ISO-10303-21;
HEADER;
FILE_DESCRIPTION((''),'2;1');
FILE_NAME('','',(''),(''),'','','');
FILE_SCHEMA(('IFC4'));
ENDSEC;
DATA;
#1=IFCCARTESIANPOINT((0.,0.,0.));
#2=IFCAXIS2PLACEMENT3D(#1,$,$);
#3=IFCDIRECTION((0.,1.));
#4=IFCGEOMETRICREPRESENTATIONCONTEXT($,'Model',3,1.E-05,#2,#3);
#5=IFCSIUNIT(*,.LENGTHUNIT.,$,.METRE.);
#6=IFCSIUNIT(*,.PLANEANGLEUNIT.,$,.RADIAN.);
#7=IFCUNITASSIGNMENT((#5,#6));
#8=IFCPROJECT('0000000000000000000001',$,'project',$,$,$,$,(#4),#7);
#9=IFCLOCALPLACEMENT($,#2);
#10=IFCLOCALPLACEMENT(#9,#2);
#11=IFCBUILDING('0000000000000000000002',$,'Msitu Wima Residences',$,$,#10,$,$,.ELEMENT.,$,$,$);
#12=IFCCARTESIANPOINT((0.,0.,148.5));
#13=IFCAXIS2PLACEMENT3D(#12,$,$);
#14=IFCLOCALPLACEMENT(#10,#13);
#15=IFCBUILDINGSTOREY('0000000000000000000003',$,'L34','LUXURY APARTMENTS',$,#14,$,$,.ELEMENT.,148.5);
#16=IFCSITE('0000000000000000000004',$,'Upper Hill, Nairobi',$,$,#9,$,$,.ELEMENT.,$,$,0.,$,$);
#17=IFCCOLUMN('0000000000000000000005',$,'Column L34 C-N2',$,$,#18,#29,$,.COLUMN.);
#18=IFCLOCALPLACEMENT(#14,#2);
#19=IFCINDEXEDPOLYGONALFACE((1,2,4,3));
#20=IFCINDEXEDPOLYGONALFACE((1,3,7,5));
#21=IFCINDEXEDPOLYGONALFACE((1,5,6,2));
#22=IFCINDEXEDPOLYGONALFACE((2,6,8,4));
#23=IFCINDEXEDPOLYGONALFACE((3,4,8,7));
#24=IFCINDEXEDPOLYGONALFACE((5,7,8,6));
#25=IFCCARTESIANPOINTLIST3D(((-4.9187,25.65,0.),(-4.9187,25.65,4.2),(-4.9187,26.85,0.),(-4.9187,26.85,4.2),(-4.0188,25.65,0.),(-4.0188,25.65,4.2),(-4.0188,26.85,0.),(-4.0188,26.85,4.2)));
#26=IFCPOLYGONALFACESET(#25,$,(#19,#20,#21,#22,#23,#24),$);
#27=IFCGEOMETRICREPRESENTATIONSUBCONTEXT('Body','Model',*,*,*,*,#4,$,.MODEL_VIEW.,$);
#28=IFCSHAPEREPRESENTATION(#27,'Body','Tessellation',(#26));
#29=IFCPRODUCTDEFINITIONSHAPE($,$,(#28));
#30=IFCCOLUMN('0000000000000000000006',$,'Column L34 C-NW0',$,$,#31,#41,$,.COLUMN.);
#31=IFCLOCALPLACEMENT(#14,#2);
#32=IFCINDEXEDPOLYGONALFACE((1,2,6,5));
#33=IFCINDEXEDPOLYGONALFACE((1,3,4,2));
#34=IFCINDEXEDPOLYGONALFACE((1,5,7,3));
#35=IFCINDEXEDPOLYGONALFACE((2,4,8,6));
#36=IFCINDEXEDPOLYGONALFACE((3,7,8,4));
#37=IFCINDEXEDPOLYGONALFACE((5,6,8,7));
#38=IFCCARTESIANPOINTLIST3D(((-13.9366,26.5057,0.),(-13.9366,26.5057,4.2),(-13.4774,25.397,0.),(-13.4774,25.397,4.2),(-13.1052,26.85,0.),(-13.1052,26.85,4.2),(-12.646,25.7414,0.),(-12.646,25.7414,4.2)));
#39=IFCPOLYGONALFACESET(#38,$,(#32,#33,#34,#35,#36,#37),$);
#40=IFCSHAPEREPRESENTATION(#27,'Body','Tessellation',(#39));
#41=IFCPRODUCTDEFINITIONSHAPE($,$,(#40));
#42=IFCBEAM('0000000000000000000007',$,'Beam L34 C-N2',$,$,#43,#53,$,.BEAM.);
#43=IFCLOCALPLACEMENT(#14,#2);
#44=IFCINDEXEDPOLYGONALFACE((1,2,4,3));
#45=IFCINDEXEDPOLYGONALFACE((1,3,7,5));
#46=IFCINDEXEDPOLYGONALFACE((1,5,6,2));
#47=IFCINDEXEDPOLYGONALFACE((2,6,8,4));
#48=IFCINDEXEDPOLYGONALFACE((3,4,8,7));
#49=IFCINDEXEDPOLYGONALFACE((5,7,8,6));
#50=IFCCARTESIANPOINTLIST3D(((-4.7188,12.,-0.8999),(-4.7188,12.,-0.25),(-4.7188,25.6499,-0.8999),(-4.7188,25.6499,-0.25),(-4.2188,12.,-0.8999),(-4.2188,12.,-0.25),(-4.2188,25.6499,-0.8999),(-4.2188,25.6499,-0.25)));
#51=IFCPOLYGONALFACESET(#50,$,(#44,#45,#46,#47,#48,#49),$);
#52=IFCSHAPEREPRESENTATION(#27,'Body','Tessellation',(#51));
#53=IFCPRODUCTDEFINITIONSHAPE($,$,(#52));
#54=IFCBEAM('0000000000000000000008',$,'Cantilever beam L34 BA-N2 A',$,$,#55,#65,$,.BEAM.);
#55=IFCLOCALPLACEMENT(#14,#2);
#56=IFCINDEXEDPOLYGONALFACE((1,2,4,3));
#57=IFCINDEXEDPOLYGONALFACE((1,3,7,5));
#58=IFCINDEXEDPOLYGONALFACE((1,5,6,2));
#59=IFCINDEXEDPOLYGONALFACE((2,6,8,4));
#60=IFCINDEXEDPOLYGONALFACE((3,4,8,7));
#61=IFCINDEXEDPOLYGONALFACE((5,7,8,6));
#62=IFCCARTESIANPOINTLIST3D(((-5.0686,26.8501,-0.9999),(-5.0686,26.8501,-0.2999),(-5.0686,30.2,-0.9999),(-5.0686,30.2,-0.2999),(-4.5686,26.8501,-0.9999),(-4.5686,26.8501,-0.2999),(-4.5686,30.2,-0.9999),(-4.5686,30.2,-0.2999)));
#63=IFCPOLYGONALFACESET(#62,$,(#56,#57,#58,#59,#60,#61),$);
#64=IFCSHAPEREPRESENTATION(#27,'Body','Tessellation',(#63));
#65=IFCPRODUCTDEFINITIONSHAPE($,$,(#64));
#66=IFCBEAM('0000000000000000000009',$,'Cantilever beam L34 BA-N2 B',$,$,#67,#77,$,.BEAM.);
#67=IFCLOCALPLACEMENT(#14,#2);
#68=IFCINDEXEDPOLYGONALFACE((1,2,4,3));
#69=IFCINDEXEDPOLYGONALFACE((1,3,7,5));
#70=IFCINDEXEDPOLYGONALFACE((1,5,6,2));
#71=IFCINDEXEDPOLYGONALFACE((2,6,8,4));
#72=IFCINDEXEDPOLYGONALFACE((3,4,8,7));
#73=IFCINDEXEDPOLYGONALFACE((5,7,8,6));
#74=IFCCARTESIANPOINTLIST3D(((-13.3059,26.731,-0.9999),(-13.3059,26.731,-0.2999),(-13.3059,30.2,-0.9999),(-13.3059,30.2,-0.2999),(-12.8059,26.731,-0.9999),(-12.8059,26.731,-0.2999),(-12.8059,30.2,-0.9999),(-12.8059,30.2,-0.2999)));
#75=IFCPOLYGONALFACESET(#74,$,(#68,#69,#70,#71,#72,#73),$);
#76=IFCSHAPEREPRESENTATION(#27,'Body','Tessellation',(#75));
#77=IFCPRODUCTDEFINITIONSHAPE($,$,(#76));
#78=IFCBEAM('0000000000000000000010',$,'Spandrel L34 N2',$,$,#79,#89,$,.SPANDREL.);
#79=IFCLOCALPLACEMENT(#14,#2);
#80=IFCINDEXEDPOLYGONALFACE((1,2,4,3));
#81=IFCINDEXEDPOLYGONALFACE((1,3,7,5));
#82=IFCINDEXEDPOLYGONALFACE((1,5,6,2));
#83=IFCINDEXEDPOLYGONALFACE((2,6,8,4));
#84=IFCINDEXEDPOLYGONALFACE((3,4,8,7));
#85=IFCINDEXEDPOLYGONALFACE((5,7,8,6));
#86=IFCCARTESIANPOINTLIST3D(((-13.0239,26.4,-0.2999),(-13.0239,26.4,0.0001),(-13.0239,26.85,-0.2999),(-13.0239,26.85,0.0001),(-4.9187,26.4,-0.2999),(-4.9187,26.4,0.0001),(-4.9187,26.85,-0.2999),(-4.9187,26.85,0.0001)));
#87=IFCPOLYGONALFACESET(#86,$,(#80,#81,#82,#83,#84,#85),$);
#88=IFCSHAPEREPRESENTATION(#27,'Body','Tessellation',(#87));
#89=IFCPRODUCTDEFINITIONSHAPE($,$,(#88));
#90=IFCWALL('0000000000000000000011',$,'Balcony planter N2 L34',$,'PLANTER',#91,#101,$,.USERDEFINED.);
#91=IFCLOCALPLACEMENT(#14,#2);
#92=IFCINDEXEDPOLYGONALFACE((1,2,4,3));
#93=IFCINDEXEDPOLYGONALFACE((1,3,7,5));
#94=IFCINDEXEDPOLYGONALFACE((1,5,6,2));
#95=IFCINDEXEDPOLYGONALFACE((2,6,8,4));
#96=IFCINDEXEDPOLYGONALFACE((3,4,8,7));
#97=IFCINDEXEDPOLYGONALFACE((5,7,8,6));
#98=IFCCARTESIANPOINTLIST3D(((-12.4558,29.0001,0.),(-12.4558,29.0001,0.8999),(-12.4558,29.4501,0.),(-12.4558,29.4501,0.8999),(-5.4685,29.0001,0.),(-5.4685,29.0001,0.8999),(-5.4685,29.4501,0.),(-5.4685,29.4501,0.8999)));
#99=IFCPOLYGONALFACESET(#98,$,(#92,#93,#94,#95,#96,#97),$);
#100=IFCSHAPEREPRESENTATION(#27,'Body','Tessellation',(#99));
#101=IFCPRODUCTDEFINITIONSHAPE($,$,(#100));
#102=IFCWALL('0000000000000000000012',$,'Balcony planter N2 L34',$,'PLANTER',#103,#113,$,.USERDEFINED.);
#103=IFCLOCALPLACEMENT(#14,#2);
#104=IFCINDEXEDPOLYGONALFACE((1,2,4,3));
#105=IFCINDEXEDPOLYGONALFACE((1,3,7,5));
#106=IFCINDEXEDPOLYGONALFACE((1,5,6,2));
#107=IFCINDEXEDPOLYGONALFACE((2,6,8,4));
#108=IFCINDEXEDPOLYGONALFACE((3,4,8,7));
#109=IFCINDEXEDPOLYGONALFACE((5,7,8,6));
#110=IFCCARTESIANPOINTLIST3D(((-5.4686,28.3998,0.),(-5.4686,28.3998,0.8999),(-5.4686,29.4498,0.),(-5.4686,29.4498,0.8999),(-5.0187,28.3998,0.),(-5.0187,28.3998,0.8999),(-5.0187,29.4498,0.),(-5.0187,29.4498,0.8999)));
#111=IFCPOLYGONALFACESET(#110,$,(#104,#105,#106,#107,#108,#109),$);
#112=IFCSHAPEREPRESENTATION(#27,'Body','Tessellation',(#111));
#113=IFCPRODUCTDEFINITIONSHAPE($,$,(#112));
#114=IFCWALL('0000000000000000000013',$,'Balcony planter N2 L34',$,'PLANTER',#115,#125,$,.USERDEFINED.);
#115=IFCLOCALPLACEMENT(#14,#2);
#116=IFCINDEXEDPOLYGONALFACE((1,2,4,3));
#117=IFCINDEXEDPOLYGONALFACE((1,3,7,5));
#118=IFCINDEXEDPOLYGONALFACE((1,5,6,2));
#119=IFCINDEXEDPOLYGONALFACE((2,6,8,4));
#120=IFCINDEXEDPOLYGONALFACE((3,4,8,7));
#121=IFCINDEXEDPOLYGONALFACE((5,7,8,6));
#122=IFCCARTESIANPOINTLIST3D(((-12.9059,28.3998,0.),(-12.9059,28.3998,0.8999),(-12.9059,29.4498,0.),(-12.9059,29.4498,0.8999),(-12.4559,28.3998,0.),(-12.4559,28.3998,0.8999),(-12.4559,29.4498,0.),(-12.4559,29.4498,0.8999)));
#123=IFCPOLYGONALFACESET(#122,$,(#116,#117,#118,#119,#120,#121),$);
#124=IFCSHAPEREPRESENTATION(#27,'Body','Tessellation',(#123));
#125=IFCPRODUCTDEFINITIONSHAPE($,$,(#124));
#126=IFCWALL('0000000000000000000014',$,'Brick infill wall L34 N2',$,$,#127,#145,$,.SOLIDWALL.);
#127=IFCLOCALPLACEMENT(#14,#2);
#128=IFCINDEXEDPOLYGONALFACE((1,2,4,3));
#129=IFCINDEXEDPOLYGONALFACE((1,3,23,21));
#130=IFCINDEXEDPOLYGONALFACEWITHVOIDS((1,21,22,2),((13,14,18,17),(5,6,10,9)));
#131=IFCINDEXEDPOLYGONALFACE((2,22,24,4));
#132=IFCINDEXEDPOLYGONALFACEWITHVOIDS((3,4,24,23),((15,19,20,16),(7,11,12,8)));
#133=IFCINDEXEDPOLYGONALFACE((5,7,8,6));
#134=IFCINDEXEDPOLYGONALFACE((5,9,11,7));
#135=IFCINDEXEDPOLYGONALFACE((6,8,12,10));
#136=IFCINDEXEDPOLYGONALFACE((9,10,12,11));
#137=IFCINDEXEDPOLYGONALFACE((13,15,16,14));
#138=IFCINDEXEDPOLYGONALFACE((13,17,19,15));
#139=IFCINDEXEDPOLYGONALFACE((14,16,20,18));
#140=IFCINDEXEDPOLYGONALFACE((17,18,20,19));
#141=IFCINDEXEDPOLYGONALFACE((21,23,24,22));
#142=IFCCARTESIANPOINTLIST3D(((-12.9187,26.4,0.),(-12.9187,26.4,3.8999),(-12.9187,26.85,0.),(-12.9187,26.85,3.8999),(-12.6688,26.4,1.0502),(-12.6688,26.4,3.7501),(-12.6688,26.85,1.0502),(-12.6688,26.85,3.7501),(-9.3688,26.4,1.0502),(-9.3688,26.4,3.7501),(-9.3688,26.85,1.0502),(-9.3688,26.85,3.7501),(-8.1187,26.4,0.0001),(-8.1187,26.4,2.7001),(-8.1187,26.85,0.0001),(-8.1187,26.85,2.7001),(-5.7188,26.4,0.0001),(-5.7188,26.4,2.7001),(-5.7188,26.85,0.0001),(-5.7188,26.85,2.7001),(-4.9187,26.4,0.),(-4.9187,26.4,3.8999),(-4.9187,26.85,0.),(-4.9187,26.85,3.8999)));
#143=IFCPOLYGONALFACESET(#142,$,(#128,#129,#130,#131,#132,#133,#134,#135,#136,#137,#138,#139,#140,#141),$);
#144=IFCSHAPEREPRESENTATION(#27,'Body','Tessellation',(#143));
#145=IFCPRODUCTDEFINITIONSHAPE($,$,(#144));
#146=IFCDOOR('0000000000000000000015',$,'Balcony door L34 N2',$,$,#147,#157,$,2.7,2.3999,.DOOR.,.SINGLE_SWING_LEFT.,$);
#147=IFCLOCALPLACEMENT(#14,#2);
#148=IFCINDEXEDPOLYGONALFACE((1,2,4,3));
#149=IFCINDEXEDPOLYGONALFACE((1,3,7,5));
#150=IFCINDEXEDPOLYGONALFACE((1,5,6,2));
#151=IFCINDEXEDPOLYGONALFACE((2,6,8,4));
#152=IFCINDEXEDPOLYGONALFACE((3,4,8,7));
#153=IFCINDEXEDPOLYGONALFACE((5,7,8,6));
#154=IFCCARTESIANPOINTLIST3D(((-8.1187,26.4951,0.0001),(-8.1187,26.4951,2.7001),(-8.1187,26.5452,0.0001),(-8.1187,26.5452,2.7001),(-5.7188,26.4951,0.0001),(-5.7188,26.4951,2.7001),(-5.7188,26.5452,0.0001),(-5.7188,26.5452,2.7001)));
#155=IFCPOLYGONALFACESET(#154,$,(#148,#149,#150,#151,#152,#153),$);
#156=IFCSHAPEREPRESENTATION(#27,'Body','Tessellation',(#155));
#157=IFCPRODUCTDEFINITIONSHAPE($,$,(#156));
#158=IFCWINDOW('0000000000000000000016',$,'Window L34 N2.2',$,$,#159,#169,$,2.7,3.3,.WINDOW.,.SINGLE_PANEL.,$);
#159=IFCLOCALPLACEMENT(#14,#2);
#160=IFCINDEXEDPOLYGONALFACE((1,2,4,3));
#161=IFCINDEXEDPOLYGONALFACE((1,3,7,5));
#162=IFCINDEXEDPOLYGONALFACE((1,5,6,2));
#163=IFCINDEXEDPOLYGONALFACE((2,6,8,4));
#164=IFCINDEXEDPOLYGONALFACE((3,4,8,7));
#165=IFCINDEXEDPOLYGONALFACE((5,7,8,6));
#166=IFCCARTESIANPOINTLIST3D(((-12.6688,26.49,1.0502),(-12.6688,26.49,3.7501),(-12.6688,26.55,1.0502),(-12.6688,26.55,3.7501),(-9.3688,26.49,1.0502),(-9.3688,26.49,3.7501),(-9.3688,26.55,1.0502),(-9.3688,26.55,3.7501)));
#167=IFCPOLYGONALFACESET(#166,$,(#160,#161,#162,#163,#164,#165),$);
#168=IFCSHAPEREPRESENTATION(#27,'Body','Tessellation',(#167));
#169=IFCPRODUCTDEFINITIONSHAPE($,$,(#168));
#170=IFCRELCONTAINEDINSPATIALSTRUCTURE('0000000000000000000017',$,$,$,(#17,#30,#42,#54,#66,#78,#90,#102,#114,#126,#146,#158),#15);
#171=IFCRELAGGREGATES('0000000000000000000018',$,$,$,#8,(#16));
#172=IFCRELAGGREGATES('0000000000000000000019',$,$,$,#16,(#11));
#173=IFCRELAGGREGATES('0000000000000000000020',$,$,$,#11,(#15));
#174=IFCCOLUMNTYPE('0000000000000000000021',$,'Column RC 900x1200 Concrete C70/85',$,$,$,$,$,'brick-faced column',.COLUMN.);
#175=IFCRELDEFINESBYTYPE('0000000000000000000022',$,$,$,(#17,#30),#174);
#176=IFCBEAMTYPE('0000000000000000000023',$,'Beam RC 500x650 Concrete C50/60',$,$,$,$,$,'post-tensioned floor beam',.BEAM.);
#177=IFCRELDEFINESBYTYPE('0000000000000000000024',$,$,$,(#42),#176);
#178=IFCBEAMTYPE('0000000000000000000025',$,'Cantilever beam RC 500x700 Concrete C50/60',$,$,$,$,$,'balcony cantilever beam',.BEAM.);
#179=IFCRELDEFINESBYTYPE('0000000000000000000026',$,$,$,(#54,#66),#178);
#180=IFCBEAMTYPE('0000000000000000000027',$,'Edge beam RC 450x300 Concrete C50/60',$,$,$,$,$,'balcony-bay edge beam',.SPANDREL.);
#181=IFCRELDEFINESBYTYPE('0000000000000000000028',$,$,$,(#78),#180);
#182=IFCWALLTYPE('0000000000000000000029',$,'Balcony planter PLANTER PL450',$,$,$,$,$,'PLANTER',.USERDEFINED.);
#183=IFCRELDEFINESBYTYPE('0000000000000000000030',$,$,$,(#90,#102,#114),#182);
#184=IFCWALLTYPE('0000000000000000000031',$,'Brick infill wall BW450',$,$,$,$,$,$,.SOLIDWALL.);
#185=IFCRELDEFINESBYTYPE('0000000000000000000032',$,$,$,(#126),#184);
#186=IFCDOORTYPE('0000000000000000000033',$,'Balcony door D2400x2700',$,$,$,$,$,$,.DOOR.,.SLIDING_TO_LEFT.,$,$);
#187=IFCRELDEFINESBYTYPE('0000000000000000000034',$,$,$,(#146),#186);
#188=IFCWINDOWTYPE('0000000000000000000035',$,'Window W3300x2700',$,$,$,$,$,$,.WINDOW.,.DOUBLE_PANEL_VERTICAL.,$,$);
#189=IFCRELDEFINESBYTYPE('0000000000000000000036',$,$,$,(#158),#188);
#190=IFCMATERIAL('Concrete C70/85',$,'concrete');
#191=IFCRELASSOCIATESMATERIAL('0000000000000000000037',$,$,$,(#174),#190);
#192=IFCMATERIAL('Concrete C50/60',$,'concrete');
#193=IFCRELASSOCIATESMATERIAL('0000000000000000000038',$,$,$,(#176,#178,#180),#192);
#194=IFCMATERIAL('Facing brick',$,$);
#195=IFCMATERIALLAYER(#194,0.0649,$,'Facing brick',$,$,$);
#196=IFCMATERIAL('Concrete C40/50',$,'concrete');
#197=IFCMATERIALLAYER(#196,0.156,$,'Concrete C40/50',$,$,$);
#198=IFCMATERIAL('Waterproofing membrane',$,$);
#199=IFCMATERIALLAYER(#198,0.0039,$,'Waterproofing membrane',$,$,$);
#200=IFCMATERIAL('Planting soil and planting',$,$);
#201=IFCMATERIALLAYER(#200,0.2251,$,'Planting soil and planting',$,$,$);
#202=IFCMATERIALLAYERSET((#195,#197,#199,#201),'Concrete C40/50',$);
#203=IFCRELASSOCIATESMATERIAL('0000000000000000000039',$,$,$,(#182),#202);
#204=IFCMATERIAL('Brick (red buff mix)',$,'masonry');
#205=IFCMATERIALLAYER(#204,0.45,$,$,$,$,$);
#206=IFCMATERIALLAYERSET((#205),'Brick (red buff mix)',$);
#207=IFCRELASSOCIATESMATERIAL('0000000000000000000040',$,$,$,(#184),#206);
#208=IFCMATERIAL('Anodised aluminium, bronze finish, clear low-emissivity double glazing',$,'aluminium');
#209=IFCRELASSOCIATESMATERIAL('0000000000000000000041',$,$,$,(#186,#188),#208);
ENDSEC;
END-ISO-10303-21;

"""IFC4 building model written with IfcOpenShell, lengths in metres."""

from ifc_helpers import new_model, si_unit, direction, frame, frame_2d, origin, origin_2d, place, context, subcontext, project, spatial, rectangle, extrude, material, layer, layer_set, material_profile, profile_set, type_object, element, fill, save


model = new_model("IFC4")

# Units and contexts
model_context = context("Model", 3, precision=1e-05, world=origin(), true_north=direction((0.0, 1.0)))
body_context = subcontext(model_context, "Body", "Model", "MODEL_VIEW")
ifc_project = project(units=[si_unit("LENGTHUNIT", "METRE"), si_unit("PLANEANGLEUNIT", "RADIAN")], contexts=[model_context])

# Site, building, storey
site_placement = place(None, origin())
site = spatial("IfcSite", under=ifc_project, at=site_placement, Name="Upper Hill, Nairobi", CompositionType="ELEMENT", RefElevation=0.0)
building_placement = place(site_placement, origin())
building = spatial("IfcBuilding", under=site, at=building_placement, Name="Msitu Wima Residences", CompositionType="ELEMENT")
storey_placement = place(building_placement, frame((0.0, 0.0, 148.5)))
storey = spatial("IfcBuildingStorey", under=building, at=storey_placement, Name="L34", Description="LUXURY APARTMENTS", CompositionType="ELEMENT", Elevation=148.5)

# Columns
ifc_material_1 = material(Name="Concrete C70/85", Category="concrete")
ifc_material_profile_1 = material_profile(ifc_material_1, rectangle(XDim=0.8999, YDim=1.2, at=origin_2d()), Name="RC 900x1200")
ifc_profile_set_1 = profile_set([ifc_material_profile_1], Name="Concrete C70/85")
column_type = type_object("IfcColumnType", Name="Column RC 900x1200 Concrete C70/85", ElementType="brick-faced column", PredefinedType="COLUMN", material=ifc_profile_set_1)
for number, where, z_axis, x_axis, name in (
    (1, (-4.4688, 26.25, 0.0), (0.0, 0.0, 1.0), (-1.0, 0.0, 0.0), "Column L34 C-N2"),
    (2, (-13.2913, 26.1235, 0.0), (0.0, 0.0, 1.0), (-0.92388, -0.382683, 0.0), "Column L34 C-NW0"),
):
    element("IfcColumn", number, at=place(storey_placement, frame(where, z_axis=z_axis, x_axis=x_axis)), inside=storey, type_object=column_type, Name=name, PredefinedType="COLUMN", context=body_context, shape_type="SweptSolid", body=[
        extrude(rectangle(XDim=0.8999, YDim=1.2, at=origin_2d()), origin(), (0.0, 0.0, 1.0), 4.2),
    ])

# Beams
ifc_material_2 = material(Name="Concrete C50/60", Category="concrete")
ifc_material_profile_2 = material_profile(ifc_material_2, rectangle(XDim=0.5, YDim=0.6499, at=origin_2d()), Name="RC 500x650")
ifc_profile_set_2 = profile_set([ifc_material_profile_2], Name="Concrete C50/60")
beam_type_1 = type_object("IfcBeamType", Name="Beam RC 500x650 Concrete C50/60", ElementType="post-tensioned floor beam", PredefinedType="BEAM", material=ifc_profile_set_2)
beam_1_placement = place(storey_placement, frame((-4.4688, 25.6499, -0.575), z_axis=(0.0, -1.0, 0.0), x_axis=(1.0, 0.0, 0.0)))
element("IfcBeam", 3, at=beam_1_placement, inside=storey, type_object=beam_type_1, Name="Beam L34 C-N2", PredefinedType="BEAM", context=body_context, shape_type="SweptSolid", body=[
    extrude(rectangle(XDim=0.5, YDim=0.6499, at=origin_2d()), origin(), (0.0, 0.0, 1.0), 13.6499),
])
ifc_material_profile_3 = material_profile(ifc_material_2, rectangle(XDim=0.5, YDim=0.7, at=origin_2d()), Name="RC 500x700")
ifc_profile_set_3 = profile_set([ifc_material_profile_3], Name="Concrete C50/60")
beam_type_2 = type_object("IfcBeamType", Name="Cantilever beam RC 500x700 Concrete C50/60", ElementType="balcony cantilever beam", PredefinedType="BEAM", material=ifc_profile_set_3)
beam_2_placement = place(storey_placement, frame((-4.8186, 26.8501, -0.6499), z_axis=(0.0, 1.0, 0.0), x_axis=(-1.0, 0.0, 0.0)))
element("IfcBeam", 4, at=beam_2_placement, inside=storey, type_object=beam_type_2, Name="Cantilever beam L34 BA-N2 A", PredefinedType="BEAM", context=body_context, shape_type="SweptSolid", body=[
    extrude(rectangle(XDim=0.5, YDim=0.7, at=origin_2d()), origin(), (0.0, 0.0, 1.0), 3.3499),
])
beam_3_placement = place(storey_placement, frame((-13.0559, 26.731, -0.6499), z_axis=(0.0, 1.0, 0.0), x_axis=(-1.0, 0.0, 0.0)))
element("IfcBeam", 5, at=beam_3_placement, inside=storey, type_object=beam_type_2, Name="Cantilever beam L34 BA-N2 B", PredefinedType="BEAM", context=body_context, shape_type="SweptSolid", body=[
    extrude(rectangle(XDim=0.5, YDim=0.7, at=origin_2d()), origin(), (0.0, 0.0, 1.0), 3.469),
])
ifc_material_profile_4 = material_profile(ifc_material_2, rectangle(XDim=0.45, YDim=0.3, at=origin_2d()), Name="RC 450x300")
ifc_profile_set_4 = profile_set([ifc_material_profile_4], Name="Concrete C50/60")
beam_type_3 = type_object("IfcBeamType", Name="Edge beam RC 450x300 Concrete C50/60", ElementType="balcony-bay edge beam", PredefinedType="SPANDREL", material=ifc_profile_set_4)
beam_4_placement = place(storey_placement, frame((-4.9187, 26.625, -0.1499), z_axis=(-1.0, 0.0, 0.0), x_axis=(0.0, -1.0, 0.0)))
element("IfcBeam", 6, at=beam_4_placement, inside=storey, type_object=beam_type_3, Name="Spandrel L34 N2", PredefinedType="SPANDREL", context=body_context, shape_type="SweptSolid", body=[
    extrude(rectangle(XDim=0.45, YDim=0.3, at=origin_2d()), origin(), (0.0, 0.0, 1.0), 8.1052),
])

# Walls
ifc_material_3 = material(Name="Facing brick")
ifc_layer_1 = layer(ifc_material_3, 0.0649, Name="Facing brick")
ifc_material_4 = material(Name="Concrete C40/50", Category="concrete")
ifc_layer_2 = layer(ifc_material_4, 0.156, Name="Concrete C40/50")
ifc_material_5 = material(Name="Waterproofing membrane")
ifc_layer_3 = layer(ifc_material_5, 0.0039, Name="Waterproofing membrane")
ifc_material_6 = material(Name="Planting soil and planting")
ifc_layer_4 = layer(ifc_material_6, 0.2251, Name="Planting soil and planting")
ifc_layer_set_1 = layer_set([ifc_layer_1, ifc_layer_2, ifc_layer_3, ifc_layer_4], Name="Concrete C40/50")
wall_type_1 = type_object("IfcWallType", Name="Balcony planter PLANTER PL450", ElementType="PLANTER", PredefinedType="USERDEFINED", material=ifc_layer_set_1)
wall_1_placement = place(storey_placement, frame((-5.4685, 29.2251, 0.0), z_axis=(0.0, 0.0, 1.0), x_axis=(-1.0, 0.0, 0.0)))
element("IfcWall", 7, at=wall_1_placement, inside=storey, type_object=wall_type_1, Name="Balcony planter N2 L34", ObjectType="PLANTER", PredefinedType="USERDEFINED", context=body_context, shape_type="SweptSolid", body=[
    extrude(rectangle(XDim=6.9873, YDim=0.45, at=frame_2d((3.4937, 0.0))), origin(), (0.0, 0.0, 1.0), 0.8999),
])
for number, where, z_axis, x_axis, name in (
    (8, (-5.2437, 28.3999, 0.0), (0.0, 0.0, 1.0), (0.0, 1.0, 0.0), "Balcony planter N2 L34"),
    (9, (-12.6809, 28.3999, 0.0), (0.0, 0.0, 1.0), (0.0, 1.0, 0.0), "Balcony planter N2 L34"),
):
    element("IfcWall", number, at=place(storey_placement, frame(where, z_axis=z_axis, x_axis=x_axis)), inside=storey, type_object=wall_type_1, Name=name, ObjectType="PLANTER", PredefinedType="USERDEFINED", context=body_context, shape_type="SweptSolid", body=[
        extrude(rectangle(XDim=1.05, YDim=0.45, at=frame_2d((0.5249, 0.0))), origin(), (0.0, 0.0, 1.0), 0.8999),
    ])

# Wall, openings, door, window
ifc_material_7 = material(Name="Brick (red buff mix)", Category="masonry")
ifc_layer_5 = layer(ifc_material_7, 0.45)
ifc_layer_set_2 = layer_set([ifc_layer_5], Name="Brick (red buff mix)")
wall_type_2 = type_object("IfcWallType", Name="Brick infill wall BW450", PredefinedType="SOLIDWALL", material=ifc_layer_set_2)
wall_2_placement = place(storey_placement, frame((-4.9187, 26.625, 0.0), z_axis=(0.0, 0.0, 1.0), x_axis=(-1.0, 0.0, 0.0)))
wall_2 = element("IfcWall", 10, at=wall_2_placement, inside=storey, type_object=wall_type_2, Name="Brick infill wall L34 N2", PredefinedType="SOLIDWALL", context=body_context, shape_type="SweptSolid", body=[
    extrude(rectangle(XDim=8.0, YDim=0.45, at=frame_2d((4.0, 0.0))), origin(), (0.0, 0.0, 1.0), 3.8999),
])
opening_1_placement = place(wall_2_placement, frame((0.8, 0.0, 0.0)))
opening_1 = element("IfcOpeningElement", 11, at=opening_1_placement, cuts=wall_2, PredefinedType="OPENING", context=body_context, shape_type="SweptSolid", body=[
    extrude(rectangle(XDim=2.3999, YDim=2.7, at=frame_2d((1.2, 1.3501))), frame((0.0, 0.2349, 0.0), z_axis=(0.0, -1.0, 0.0), x_axis=(1.0, 0.0, 0.0)), (0.0, 0.0, 1.0), 0.47),
])
opening_2_placement = place(wall_2_placement, frame((4.4502, 0.0, 1.05)))
opening_2 = element("IfcOpeningElement", 12, at=opening_2_placement, cuts=wall_2, PredefinedType="OPENING", context=body_context, shape_type="SweptSolid", body=[
    extrude(rectangle(XDim=3.3, YDim=2.7, at=frame_2d((1.6499, 1.3501))), frame((0.0, 0.2349, 0.0), z_axis=(0.0, -1.0, 0.0), x_axis=(1.0, 0.0, 0.0)), (0.0, 0.0, 1.0), 0.47),
])
ifc_material_8 = material(Name="Anodised aluminium, bronze finish, clear low-emissivity double glazing", Category="aluminium")
door_type_1 = type_object("IfcDoorType", Name="Balcony door D2400x2700", OperationType="SLIDING_TO_LEFT", PredefinedType="DOOR", material=ifc_material_8)
door_1_placement = place(opening_1_placement, origin())
door_1 = element("IfcDoor", 13, at=door_1_placement, inside=storey, type_object=door_type_1, Name="Balcony door L34 N2", OperationType="SINGLE_SWING_LEFT", OverallHeight=2.7, OverallWidth=2.3999, PredefinedType="DOOR", context=body_context, shape_type="SweptSolid", body=[
    extrude(rectangle(XDim=2.3999, YDim=2.7, at=frame_2d((1.2, 1.3501))), frame((0.0, 0.1299, 0.0), z_axis=(0.0, -1.0, 0.0), x_axis=(1.0, 0.0, 0.0)), (0.0, 0.0, 1.0), 0.05),
])
fill(opening_1, door_1)
window_type = type_object("IfcWindowType", Name="Window W3300x2700", PartitioningType="DOUBLE_PANEL_VERTICAL", PredefinedType="WINDOW", material=ifc_material_8)
window_placement = place(opening_2_placement, origin())
window = element("IfcWindow", 14, at=window_placement, inside=storey, type_object=window_type, Name="Window L34 N2.2", OverallHeight=2.7, OverallWidth=3.3, PartitioningType="SINGLE_PANEL", PredefinedType="WINDOW", context=body_context, shape_type="SweptSolid", body=[
    extrude(rectangle(XDim=3.3, YDim=2.7, at=frame_2d((1.6499, 1.3501))), frame((0.0, 0.135, 0.0), z_axis=(0.0, -1.0, 0.0), x_axis=(1.0, 0.0, 0.0)), (0.0, 0.0, 1.0), 0.0601),
])
fill(opening_2, window)

save(model, "model.ifc")
